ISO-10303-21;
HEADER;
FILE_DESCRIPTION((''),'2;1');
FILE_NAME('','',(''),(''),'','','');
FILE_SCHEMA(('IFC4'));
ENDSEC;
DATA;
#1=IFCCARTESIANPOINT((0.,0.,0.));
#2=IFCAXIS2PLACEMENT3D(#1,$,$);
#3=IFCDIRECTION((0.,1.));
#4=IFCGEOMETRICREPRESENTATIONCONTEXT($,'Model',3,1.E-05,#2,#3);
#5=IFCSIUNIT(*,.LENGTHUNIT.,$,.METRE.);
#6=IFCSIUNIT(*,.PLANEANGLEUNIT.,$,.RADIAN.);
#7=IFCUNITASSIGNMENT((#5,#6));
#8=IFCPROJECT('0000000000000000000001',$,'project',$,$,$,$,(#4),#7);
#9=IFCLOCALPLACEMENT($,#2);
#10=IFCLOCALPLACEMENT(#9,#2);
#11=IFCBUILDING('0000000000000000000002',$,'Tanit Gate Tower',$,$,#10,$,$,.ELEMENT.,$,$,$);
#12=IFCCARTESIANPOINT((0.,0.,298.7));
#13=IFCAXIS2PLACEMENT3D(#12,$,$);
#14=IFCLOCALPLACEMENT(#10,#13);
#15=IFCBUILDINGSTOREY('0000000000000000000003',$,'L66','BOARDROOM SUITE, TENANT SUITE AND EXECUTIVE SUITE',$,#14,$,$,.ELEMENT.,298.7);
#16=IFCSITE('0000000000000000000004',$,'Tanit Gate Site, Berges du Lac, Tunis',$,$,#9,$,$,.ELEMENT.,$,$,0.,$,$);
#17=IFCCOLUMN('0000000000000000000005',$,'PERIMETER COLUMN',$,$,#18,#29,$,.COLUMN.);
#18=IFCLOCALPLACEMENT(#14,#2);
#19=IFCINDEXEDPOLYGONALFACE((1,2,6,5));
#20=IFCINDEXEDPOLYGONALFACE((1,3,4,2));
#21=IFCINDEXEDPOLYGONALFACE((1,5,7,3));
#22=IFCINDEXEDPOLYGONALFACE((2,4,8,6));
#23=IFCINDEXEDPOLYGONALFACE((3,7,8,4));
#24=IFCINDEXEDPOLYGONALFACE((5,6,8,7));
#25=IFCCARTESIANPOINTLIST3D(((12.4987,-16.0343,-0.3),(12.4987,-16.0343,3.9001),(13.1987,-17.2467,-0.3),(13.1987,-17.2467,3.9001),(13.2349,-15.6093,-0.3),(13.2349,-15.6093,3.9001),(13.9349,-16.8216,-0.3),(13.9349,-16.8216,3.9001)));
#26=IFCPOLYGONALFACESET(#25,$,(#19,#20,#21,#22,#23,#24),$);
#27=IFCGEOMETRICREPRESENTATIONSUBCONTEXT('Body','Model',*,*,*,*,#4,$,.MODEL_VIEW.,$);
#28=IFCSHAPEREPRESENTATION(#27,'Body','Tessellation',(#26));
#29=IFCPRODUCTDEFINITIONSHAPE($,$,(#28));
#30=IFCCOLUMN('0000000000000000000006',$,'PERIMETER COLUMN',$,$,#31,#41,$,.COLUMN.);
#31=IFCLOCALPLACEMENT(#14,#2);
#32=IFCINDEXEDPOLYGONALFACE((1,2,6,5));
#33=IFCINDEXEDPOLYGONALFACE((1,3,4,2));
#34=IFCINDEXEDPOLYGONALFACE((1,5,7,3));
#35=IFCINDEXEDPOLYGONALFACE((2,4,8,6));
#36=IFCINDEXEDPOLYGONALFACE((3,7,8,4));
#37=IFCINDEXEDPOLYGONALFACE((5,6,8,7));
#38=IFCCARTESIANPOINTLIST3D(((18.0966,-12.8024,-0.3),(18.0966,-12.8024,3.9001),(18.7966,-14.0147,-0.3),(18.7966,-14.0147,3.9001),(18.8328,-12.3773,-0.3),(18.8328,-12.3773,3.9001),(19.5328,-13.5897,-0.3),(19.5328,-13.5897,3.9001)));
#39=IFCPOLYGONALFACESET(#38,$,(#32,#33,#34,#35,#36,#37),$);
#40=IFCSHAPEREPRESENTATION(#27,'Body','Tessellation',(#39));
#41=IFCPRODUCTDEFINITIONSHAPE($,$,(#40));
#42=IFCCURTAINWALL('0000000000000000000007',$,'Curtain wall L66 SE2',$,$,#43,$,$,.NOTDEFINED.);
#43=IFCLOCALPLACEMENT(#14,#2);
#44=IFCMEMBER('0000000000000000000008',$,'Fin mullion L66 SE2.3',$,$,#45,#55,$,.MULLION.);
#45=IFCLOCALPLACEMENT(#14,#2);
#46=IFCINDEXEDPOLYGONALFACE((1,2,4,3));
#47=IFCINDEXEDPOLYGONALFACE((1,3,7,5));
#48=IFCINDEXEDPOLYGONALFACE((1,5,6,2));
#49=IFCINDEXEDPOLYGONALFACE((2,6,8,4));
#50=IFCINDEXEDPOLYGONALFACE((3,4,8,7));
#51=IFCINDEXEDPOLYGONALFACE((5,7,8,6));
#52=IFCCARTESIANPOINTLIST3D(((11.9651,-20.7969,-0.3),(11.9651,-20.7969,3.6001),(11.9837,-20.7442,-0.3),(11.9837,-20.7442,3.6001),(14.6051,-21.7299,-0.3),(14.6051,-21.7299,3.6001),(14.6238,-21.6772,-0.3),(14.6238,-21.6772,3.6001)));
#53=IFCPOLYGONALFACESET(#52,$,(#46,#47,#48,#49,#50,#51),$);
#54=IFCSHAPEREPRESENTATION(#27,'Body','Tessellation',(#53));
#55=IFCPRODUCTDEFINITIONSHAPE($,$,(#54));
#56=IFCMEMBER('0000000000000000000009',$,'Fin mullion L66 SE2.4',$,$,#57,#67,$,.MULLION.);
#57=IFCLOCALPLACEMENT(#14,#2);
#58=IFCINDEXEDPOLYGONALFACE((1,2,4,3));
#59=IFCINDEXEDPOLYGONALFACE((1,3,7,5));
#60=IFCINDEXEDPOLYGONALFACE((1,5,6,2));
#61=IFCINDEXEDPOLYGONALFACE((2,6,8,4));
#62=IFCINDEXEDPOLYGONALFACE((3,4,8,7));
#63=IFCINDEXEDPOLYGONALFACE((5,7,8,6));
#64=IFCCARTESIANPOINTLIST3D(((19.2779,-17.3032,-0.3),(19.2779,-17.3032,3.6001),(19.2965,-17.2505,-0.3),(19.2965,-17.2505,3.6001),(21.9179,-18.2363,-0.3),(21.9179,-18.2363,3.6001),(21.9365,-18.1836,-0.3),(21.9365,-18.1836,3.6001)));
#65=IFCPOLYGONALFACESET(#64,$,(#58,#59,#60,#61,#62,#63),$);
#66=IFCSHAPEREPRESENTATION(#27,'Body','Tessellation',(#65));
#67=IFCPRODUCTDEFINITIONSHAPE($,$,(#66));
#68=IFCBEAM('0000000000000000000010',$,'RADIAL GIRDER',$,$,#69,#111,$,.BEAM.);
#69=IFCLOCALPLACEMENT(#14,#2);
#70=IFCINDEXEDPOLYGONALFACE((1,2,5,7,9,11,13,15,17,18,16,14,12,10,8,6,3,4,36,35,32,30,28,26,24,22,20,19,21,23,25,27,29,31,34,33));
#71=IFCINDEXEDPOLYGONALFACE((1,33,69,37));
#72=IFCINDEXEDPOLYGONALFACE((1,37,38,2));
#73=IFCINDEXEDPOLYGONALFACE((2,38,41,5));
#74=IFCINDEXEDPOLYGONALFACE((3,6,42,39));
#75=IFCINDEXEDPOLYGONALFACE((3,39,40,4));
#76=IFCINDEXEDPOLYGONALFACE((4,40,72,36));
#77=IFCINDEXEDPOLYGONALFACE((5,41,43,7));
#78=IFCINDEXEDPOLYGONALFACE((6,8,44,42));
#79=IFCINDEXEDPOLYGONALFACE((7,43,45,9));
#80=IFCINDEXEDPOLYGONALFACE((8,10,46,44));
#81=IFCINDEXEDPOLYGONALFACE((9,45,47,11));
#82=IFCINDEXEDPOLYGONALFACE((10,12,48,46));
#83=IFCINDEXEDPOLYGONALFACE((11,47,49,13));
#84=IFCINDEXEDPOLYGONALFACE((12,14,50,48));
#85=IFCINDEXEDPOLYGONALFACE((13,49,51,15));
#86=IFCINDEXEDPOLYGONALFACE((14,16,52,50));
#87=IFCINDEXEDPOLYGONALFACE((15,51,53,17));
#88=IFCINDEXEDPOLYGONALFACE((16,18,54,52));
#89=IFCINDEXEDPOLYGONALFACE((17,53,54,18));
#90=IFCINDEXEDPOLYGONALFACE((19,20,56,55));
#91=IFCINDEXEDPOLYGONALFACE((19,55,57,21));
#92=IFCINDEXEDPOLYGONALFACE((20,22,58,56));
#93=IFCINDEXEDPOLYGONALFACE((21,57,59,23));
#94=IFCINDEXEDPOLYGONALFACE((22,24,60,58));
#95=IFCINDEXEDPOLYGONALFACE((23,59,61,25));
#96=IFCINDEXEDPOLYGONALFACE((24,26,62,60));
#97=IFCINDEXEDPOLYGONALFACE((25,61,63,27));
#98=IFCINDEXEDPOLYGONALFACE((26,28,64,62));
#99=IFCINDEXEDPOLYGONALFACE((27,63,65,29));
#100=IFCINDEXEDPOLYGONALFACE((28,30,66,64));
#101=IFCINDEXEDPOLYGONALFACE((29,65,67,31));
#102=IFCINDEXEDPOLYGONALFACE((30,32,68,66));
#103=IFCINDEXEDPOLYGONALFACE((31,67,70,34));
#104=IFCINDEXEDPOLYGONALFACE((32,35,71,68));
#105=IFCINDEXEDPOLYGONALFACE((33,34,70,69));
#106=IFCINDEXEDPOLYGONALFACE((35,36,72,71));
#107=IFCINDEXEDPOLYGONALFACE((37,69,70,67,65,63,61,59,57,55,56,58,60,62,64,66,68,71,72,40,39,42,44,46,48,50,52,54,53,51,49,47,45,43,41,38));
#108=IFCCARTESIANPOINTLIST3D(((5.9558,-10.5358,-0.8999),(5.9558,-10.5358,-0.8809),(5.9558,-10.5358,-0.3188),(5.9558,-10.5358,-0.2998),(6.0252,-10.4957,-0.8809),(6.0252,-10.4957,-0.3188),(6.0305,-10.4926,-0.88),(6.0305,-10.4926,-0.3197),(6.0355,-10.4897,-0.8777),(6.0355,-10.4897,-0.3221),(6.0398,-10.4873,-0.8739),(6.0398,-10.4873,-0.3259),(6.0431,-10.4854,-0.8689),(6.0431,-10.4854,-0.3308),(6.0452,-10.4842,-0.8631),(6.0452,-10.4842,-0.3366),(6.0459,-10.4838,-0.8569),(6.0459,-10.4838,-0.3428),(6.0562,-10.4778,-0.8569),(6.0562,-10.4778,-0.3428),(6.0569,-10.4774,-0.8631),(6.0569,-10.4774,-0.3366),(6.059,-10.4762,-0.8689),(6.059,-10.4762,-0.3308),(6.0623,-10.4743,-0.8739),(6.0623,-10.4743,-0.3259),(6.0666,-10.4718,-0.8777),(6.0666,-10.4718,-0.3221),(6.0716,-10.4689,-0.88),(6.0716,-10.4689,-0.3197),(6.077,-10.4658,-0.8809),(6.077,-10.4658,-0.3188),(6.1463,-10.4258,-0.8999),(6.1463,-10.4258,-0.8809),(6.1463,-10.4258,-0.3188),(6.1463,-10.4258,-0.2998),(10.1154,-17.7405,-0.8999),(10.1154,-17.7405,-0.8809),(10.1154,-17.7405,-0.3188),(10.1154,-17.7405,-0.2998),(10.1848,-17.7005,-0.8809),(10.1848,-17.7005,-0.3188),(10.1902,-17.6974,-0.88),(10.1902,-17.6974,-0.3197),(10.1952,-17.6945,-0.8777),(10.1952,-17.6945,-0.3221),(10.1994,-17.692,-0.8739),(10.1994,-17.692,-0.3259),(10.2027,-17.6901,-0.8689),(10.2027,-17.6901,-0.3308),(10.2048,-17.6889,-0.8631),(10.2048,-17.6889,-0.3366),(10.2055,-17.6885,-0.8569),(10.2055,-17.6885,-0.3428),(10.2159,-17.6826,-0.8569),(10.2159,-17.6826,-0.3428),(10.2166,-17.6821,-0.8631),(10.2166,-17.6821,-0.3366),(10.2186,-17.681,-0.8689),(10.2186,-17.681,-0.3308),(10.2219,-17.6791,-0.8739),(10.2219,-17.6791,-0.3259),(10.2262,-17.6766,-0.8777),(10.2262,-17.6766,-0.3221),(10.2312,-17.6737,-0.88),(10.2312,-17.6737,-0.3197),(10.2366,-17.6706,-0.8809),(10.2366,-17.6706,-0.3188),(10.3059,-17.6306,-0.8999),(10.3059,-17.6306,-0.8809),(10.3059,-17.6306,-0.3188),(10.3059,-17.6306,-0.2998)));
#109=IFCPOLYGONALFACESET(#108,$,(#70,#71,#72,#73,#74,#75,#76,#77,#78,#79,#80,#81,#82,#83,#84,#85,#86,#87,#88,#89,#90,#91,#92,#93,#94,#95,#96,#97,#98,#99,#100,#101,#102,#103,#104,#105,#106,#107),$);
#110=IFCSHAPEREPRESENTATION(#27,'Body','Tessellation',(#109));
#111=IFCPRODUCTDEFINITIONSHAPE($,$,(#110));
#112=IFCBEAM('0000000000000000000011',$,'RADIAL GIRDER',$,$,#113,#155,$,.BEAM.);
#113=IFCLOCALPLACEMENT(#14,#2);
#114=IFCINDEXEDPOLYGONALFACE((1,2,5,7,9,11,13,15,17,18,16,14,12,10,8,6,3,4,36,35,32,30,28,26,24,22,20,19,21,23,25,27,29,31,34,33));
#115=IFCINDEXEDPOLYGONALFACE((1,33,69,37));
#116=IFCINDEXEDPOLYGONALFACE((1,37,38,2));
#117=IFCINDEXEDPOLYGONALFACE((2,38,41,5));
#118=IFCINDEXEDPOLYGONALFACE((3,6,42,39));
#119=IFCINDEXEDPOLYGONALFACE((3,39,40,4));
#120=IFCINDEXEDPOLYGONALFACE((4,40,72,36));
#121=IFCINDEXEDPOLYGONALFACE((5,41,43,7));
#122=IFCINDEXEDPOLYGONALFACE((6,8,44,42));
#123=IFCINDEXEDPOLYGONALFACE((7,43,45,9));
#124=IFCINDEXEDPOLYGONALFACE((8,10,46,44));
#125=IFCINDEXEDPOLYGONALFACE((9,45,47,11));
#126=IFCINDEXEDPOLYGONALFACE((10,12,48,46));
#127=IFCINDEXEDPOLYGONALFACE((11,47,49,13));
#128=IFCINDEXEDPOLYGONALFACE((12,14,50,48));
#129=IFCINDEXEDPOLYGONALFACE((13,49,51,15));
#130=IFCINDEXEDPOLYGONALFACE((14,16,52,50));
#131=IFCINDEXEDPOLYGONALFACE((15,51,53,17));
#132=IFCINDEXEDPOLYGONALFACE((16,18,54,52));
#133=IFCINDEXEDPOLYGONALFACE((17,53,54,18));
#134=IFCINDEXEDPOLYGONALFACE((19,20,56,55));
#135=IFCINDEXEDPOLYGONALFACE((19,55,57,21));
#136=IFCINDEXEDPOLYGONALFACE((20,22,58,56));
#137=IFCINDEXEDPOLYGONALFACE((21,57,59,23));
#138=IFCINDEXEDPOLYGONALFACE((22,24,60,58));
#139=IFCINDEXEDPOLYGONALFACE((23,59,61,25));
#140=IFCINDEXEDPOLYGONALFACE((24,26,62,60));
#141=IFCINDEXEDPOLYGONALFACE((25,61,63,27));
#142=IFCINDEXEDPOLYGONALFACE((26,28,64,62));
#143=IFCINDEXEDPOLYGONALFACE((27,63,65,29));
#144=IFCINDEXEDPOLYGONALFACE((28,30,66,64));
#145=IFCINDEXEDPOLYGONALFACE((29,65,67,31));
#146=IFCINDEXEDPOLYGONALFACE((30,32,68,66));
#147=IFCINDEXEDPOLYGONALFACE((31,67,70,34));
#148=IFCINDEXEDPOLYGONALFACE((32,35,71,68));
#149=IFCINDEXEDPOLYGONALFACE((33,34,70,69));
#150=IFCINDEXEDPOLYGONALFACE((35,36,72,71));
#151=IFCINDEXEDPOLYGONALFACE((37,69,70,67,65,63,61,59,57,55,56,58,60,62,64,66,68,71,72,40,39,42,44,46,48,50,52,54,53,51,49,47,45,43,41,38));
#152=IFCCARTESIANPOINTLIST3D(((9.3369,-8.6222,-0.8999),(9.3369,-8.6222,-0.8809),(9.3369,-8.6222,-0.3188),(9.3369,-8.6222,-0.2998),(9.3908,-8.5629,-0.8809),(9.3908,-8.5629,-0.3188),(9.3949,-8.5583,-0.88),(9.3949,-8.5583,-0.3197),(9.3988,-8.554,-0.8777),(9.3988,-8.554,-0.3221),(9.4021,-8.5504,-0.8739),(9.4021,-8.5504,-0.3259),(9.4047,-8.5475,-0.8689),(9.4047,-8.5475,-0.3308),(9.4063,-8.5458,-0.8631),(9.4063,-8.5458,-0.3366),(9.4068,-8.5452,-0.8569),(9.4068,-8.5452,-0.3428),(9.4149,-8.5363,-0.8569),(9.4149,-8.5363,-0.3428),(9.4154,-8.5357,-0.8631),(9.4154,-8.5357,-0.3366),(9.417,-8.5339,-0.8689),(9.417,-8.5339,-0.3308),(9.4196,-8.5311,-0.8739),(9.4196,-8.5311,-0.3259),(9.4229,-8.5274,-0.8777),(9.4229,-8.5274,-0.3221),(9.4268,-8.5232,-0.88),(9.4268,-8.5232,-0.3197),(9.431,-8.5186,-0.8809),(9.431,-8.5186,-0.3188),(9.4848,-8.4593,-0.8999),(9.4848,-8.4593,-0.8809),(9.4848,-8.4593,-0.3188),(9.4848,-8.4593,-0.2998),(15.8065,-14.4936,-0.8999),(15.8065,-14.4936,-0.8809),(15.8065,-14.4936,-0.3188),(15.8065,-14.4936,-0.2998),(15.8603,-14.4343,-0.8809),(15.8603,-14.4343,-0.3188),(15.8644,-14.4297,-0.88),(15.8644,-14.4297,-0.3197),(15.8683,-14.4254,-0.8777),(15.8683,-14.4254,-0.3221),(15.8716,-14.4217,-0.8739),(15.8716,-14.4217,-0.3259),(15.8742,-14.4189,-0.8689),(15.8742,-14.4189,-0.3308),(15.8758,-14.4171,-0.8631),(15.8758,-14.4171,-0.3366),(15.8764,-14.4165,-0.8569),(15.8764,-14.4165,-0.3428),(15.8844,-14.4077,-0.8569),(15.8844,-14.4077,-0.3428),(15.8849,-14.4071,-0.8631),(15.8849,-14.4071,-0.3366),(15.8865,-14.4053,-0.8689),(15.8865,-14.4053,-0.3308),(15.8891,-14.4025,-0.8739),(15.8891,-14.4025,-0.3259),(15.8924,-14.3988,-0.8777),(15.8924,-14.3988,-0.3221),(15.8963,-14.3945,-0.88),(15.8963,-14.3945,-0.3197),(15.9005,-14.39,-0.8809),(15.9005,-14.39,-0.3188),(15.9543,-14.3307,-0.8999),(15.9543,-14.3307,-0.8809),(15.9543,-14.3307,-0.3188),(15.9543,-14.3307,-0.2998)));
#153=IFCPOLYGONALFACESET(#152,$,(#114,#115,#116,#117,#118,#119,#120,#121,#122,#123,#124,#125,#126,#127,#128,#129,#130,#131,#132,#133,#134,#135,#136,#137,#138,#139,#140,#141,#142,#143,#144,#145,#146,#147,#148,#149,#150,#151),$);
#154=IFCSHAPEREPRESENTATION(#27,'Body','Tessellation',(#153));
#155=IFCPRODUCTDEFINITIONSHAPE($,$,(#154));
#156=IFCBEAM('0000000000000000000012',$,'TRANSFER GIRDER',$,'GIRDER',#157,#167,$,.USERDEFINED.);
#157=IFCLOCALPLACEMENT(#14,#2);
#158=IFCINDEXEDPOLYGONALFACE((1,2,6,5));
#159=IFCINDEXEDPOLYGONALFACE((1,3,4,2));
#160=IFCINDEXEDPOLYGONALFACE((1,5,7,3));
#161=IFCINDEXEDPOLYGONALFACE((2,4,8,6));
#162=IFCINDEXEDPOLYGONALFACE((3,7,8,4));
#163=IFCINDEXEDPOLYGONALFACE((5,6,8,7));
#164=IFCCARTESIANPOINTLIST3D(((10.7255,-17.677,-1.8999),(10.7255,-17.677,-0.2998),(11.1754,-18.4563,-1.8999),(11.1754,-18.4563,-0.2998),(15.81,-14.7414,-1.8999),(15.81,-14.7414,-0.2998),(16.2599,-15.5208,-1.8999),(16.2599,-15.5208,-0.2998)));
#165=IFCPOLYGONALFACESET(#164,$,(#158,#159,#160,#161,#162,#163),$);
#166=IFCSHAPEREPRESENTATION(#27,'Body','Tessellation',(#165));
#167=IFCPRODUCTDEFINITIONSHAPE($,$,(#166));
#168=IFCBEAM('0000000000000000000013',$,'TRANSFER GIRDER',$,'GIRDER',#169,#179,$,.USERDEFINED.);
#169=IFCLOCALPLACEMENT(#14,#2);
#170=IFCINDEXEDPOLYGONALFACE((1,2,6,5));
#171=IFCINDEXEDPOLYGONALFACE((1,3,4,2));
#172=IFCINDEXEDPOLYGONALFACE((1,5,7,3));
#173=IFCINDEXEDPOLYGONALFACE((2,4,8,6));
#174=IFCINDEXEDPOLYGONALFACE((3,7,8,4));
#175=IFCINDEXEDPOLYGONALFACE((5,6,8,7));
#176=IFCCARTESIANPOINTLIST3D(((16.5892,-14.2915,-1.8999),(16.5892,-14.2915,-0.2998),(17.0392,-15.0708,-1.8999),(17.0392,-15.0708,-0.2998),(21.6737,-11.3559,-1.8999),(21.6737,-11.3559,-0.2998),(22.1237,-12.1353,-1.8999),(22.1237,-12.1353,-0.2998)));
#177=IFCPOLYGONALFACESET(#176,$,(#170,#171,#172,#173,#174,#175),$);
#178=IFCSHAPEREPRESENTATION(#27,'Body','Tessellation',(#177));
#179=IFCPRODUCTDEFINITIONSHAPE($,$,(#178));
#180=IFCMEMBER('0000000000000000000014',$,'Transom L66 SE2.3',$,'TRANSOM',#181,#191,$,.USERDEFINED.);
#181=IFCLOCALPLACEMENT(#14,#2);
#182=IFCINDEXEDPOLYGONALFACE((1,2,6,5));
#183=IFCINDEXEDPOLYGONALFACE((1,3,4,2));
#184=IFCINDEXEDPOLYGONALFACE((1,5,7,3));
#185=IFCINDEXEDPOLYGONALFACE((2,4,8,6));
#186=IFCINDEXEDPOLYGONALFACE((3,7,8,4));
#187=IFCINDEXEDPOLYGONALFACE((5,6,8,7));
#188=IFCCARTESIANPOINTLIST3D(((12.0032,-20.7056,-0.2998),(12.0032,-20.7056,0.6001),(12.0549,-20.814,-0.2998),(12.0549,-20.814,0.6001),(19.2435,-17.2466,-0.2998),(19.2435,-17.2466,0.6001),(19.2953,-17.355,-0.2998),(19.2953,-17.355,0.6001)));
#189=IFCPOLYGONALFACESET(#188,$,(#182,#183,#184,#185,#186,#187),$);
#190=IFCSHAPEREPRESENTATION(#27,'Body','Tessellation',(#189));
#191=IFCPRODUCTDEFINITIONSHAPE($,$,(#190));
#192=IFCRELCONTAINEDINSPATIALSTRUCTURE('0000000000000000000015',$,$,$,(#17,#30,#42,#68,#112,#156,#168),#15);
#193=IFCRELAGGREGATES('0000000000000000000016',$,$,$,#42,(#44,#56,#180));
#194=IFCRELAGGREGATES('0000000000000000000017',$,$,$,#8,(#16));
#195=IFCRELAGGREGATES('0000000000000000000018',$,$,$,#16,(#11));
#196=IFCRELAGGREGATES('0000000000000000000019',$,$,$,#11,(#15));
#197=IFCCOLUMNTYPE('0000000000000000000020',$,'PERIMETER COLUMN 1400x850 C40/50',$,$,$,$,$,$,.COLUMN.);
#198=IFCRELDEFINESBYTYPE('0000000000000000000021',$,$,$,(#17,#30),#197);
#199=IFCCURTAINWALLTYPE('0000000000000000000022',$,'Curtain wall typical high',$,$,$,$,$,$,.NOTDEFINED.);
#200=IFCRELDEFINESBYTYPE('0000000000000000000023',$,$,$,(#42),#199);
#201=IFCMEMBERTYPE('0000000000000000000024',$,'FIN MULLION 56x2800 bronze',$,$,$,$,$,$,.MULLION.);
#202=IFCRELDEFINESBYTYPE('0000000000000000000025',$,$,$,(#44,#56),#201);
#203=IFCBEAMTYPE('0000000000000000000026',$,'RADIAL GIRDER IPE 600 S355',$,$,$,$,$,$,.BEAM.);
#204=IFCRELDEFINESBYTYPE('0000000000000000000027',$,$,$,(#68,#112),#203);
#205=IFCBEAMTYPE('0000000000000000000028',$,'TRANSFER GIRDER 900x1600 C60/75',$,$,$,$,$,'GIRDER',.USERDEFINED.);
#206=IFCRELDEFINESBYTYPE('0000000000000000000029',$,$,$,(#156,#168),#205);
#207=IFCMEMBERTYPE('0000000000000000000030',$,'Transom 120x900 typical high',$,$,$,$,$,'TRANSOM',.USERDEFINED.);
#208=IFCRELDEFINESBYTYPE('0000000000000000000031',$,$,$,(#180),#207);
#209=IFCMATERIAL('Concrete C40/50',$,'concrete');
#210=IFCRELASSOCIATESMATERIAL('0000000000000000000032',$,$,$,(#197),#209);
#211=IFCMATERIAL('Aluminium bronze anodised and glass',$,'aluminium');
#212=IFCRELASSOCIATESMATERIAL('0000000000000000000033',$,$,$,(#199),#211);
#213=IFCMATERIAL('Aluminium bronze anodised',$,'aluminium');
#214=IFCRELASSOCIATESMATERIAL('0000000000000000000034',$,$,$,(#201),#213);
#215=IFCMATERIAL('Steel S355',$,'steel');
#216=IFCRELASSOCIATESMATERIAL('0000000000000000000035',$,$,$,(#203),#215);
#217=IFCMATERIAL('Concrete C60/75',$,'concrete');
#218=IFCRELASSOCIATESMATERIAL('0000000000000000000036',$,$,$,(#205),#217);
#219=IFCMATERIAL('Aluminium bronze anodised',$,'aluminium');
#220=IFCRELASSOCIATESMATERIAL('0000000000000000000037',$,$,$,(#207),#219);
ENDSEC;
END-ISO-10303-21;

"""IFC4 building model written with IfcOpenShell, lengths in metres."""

from ifc_helpers import new_model, si_unit, direction, frame, origin, origin_2d, place, context, subcontext, project, spatial, rectangle, i_section, extrude, material, material_profile, profile_set, type_object, element, aggregate, save


model = new_model("IFC4")

# Units and contexts
model_context = context("Model", 3, precision=1e-05, world=origin(), true_north=direction((0.0, 1.0)))
body_context = subcontext(model_context, "Body", "Model", "MODEL_VIEW")
ifc_project = project(units=[si_unit("LENGTHUNIT", "METRE"), si_unit("PLANEANGLEUNIT", "RADIAN")], contexts=[model_context])

# Site, building, storey
site_placement = place(None, origin())
site = spatial("IfcSite", under=ifc_project, at=site_placement, Name="Tanit Gate Site, Berges du Lac, Tunis", CompositionType="ELEMENT", RefElevation=0.0)
building_placement = place(site_placement, origin())
building = spatial("IfcBuilding", under=site, at=building_placement, Name="Tanit Gate Tower", CompositionType="ELEMENT")
storey_placement = place(building_placement, frame((0.0, 0.0, 298.7)))
storey = spatial("IfcBuildingStorey", under=building, at=storey_placement, Name="L66", Description="BOARDROOM SUITE, TENANT SUITE AND EXECUTIVE SUITE", CompositionType="ELEMENT", Elevation=298.7)

# Columns
ifc_material_1 = material(Name="Concrete C40/50", Category="concrete")
ifc_material_profile_1 = material_profile(ifc_material_1, rectangle(XDim=1.3999, YDim=0.8501, at=origin_2d()), Name="RC 1400x850")
ifc_profile_set_1 = profile_set([ifc_material_profile_1], Name="Concrete C40/50")
column_type = type_object("IfcColumnType", Name="PERIMETER COLUMN 1400x850 C40/50", PredefinedType="COLUMN", material=ifc_profile_set_1)
for number, where, z_axis, x_axis, name in (
    (1, (13.2168, -16.428, -0.3), (0.0, 0.0, 1.0), (0.5, -0.866025, 0.0), "PERIMETER COLUMN"),
    (2, (18.8147, -13.196, -0.3), (0.0, 0.0, 1.0), (0.5, -0.866025, 0.0), "PERIMETER COLUMN"),
):
    element("IfcColumn", number, at=place(storey_placement, frame(where, z_axis=z_axis, x_axis=x_axis)), inside=storey, type_object=column_type, Name=name, PredefinedType="COLUMN", context=body_context, shape_type="SweptSolid", body=[
        extrude(rectangle(XDim=1.3999, YDim=0.8501, at=origin_2d()), origin(), (0.0, 0.0, 1.0), 4.2002),
    ])

# Curtain wall, members
ifc_material_2 = material(Name="Aluminium bronze anodised and glass", Category="aluminium")
curtain_wall_type = type_object("IfcCurtainWallType", Name="Curtain wall typical high", PredefinedType="NOTDEFINED", material=ifc_material_2)
curtain_wall_placement = place(storey_placement, origin())
curtain_wall = element("IfcCurtainWall", 3, at=curtain_wall_placement, inside=storey, type_object=curtain_wall_type, Name="Curtain wall L66 SE2", PredefinedType="NOTDEFINED")
ifc_material_3 = material(Name="Aluminium bronze anodised", Category="aluminium")
ifc_material_profile_2 = material_profile(ifc_material_3, rectangle(XDim=2.8, YDim=0.0559, at=origin_2d()), Name="56x2800 bronze fin mullion")
ifc_profile_set_2 = profile_set([ifc_material_profile_2], Name="Aluminium bronze anodised")
member_type_1 = type_object("IfcMemberType", Name="FIN MULLION 56x2800 bronze", PredefinedType="MULLION", material=ifc_profile_set_2)
member_1_placement = place(storey_placement, frame((13.2944, -21.2371, -0.3), z_axis=(0.0, 0.0, 1.0), x_axis=(-0.942849, 0.33322, 0.0)))
member_1 = element("IfcMember", 4, at=member_1_placement, type_object=member_type_1, Name="Fin mullion L66 SE2.3", PredefinedType="MULLION", context=body_context, shape_type="SweptSolid", body=[
    extrude(rectangle(XDim=2.8, YDim=0.0559, at=origin_2d()), origin(), (0.0, 0.0, 1.0), 3.9001),
])
member_2_placement = place(storey_placement, frame((20.6072, -17.7434, -0.3), z_axis=(0.0, 0.0, 1.0), x_axis=(-0.942849, 0.33322, 0.0)))
member_2 = element("IfcMember", 5, at=member_2_placement, type_object=member_type_1, Name="Fin mullion L66 SE2.4", PredefinedType="MULLION", context=body_context, shape_type="SweptSolid", body=[
    extrude(rectangle(XDim=2.8, YDim=0.0559, at=origin_2d()), origin(), (0.0, 0.0, 1.0), 3.9001),
])

# Beams
ifc_material_4 = material(Name="Steel S355", Category="steel")
ifc_material_profile_3 = material_profile(ifc_material_4, i_section(OverallWidth=0.22, OverallDepth=0.6001, WebThickness=0.012, FlangeThickness=0.019, FilletRadius=0.0239, at=origin_2d()), Name="IPE 600")
ifc_profile_set_3 = profile_set([ifc_material_profile_3], Name="Steel S355")
beam_type_1 = type_object("IfcBeamType", Name="RADIAL GIRDER IPE 600 S355", PredefinedType="BEAM", material=ifc_profile_set_3)
beam_1_placement = place(storey_placement, frame((10.2107, -17.6855, -0.5999), z_axis=(-0.499996, 0.866028, 0.0), x_axis=(-0.866028, -0.499996, 0.0)))
element("IfcBeam", 6, at=beam_1_placement, inside=storey, type_object=beam_type_1, Name="RADIAL GIRDER", PredefinedType="BEAM", context=body_context, shape_type="SweptSolid", body=[
    extrude(i_section(OverallWidth=0.22, OverallDepth=0.6001, WebThickness=0.012, FlangeThickness=0.019, FilletRadius=0.0239, at=origin_2d()), origin(), (0.0, 0.0, 1.0), 8.3193),
])
beam_2_placement = place(storey_placement, frame((15.8804, -14.4121, -0.5999), z_axis=(-0.74051, 0.672045, 0.0), x_axis=(-0.672045, -0.74051, 0.0)))
element("IfcBeam", 7, at=beam_2_placement, inside=storey, type_object=beam_type_1, Name="RADIAL GIRDER", PredefinedType="BEAM", context=body_context, shape_type="SweptSolid", body=[
    extrude(i_section(OverallWidth=0.22, OverallDepth=0.6001, WebThickness=0.012, FlangeThickness=0.019, FilletRadius=0.0239, at=origin_2d()), origin(), (0.0, 0.0, 1.0), 8.7366),
])
ifc_material_5 = material(Name="Concrete C60/75", Category="concrete")
ifc_material_profile_4 = material_profile(ifc_material_5, rectangle(XDim=0.8999, YDim=1.6001, at=origin_2d()), Name="RC 900x1600")
ifc_profile_set_4 = profile_set([ifc_material_profile_4], Name="Concrete C60/75")
beam_type_2 = type_object("IfcBeamType", Name="TRANSFER GIRDER 900x1600 C60/75", ElementType="GIRDER", PredefinedType="USERDEFINED", material=ifc_profile_set_4)
for number, where, z_axis, x_axis, name in (
    (8, (10.9504, -18.0667, -1.0999), (0.866024, 0.500003, 0.0), (-0.500003, 0.866024, 0.0), "TRANSFER GIRDER"),
    (9, (16.8142, -14.6812, -1.0999), (0.866024, 0.500003, 0.0), (-0.500003, 0.866024, 0.0), "TRANSFER GIRDER"),
):
    element("IfcBeam", number, at=place(storey_placement, frame(where, z_axis=z_axis, x_axis=x_axis)), inside=storey, type_object=beam_type_2, Name=name, ObjectType="GIRDER", PredefinedType="USERDEFINED", context=body_context, shape_type="SweptSolid", body=[
        extrude(rectangle(XDim=0.8999, YDim=1.6001, at=origin_2d()), origin(), (0.0, 0.0, 1.0), 5.8711),
    ])

# Member
ifc_material_6 = material(Name="Aluminium bronze anodised", Category="aluminium")
ifc_material_profile_5 = material_profile(ifc_material_6, rectangle(XDim=0.1201, YDim=0.8999, at=origin_2d()), Name="120x900 bronze transom")
ifc_profile_set_5 = profile_set([ifc_material_profile_5], Name="Aluminium bronze anodised")
member_type_2 = type_object("IfcMemberType", Name="Transom 120x900 typical high", ElementType="TRANSOM", PredefinedType="USERDEFINED", material=ifc_profile_set_5)
member_3_placement = place(storey_placement, frame((12.0291, -20.7598, 0.1501), z_axis=(0.902321, 0.431065, 0.0), x_axis=(-0.431065, 0.902321, 0.0)))
member_3 = element("IfcMember", 10, at=member_3_placement, type_object=member_type_2, Name="Transom L66 SE2.3", ObjectType="TRANSOM", PredefinedType="USERDEFINED", context=body_context, shape_type="SweptSolid", body=[
    extrude(rectangle(XDim=0.1201, YDim=0.8999, at=origin_2d()), origin(), (0.0, 0.0, 1.0), 8.0242),
])

aggregate(curtain_wall, [member_1, member_2, member_3])

save(model, "model.ifc")
